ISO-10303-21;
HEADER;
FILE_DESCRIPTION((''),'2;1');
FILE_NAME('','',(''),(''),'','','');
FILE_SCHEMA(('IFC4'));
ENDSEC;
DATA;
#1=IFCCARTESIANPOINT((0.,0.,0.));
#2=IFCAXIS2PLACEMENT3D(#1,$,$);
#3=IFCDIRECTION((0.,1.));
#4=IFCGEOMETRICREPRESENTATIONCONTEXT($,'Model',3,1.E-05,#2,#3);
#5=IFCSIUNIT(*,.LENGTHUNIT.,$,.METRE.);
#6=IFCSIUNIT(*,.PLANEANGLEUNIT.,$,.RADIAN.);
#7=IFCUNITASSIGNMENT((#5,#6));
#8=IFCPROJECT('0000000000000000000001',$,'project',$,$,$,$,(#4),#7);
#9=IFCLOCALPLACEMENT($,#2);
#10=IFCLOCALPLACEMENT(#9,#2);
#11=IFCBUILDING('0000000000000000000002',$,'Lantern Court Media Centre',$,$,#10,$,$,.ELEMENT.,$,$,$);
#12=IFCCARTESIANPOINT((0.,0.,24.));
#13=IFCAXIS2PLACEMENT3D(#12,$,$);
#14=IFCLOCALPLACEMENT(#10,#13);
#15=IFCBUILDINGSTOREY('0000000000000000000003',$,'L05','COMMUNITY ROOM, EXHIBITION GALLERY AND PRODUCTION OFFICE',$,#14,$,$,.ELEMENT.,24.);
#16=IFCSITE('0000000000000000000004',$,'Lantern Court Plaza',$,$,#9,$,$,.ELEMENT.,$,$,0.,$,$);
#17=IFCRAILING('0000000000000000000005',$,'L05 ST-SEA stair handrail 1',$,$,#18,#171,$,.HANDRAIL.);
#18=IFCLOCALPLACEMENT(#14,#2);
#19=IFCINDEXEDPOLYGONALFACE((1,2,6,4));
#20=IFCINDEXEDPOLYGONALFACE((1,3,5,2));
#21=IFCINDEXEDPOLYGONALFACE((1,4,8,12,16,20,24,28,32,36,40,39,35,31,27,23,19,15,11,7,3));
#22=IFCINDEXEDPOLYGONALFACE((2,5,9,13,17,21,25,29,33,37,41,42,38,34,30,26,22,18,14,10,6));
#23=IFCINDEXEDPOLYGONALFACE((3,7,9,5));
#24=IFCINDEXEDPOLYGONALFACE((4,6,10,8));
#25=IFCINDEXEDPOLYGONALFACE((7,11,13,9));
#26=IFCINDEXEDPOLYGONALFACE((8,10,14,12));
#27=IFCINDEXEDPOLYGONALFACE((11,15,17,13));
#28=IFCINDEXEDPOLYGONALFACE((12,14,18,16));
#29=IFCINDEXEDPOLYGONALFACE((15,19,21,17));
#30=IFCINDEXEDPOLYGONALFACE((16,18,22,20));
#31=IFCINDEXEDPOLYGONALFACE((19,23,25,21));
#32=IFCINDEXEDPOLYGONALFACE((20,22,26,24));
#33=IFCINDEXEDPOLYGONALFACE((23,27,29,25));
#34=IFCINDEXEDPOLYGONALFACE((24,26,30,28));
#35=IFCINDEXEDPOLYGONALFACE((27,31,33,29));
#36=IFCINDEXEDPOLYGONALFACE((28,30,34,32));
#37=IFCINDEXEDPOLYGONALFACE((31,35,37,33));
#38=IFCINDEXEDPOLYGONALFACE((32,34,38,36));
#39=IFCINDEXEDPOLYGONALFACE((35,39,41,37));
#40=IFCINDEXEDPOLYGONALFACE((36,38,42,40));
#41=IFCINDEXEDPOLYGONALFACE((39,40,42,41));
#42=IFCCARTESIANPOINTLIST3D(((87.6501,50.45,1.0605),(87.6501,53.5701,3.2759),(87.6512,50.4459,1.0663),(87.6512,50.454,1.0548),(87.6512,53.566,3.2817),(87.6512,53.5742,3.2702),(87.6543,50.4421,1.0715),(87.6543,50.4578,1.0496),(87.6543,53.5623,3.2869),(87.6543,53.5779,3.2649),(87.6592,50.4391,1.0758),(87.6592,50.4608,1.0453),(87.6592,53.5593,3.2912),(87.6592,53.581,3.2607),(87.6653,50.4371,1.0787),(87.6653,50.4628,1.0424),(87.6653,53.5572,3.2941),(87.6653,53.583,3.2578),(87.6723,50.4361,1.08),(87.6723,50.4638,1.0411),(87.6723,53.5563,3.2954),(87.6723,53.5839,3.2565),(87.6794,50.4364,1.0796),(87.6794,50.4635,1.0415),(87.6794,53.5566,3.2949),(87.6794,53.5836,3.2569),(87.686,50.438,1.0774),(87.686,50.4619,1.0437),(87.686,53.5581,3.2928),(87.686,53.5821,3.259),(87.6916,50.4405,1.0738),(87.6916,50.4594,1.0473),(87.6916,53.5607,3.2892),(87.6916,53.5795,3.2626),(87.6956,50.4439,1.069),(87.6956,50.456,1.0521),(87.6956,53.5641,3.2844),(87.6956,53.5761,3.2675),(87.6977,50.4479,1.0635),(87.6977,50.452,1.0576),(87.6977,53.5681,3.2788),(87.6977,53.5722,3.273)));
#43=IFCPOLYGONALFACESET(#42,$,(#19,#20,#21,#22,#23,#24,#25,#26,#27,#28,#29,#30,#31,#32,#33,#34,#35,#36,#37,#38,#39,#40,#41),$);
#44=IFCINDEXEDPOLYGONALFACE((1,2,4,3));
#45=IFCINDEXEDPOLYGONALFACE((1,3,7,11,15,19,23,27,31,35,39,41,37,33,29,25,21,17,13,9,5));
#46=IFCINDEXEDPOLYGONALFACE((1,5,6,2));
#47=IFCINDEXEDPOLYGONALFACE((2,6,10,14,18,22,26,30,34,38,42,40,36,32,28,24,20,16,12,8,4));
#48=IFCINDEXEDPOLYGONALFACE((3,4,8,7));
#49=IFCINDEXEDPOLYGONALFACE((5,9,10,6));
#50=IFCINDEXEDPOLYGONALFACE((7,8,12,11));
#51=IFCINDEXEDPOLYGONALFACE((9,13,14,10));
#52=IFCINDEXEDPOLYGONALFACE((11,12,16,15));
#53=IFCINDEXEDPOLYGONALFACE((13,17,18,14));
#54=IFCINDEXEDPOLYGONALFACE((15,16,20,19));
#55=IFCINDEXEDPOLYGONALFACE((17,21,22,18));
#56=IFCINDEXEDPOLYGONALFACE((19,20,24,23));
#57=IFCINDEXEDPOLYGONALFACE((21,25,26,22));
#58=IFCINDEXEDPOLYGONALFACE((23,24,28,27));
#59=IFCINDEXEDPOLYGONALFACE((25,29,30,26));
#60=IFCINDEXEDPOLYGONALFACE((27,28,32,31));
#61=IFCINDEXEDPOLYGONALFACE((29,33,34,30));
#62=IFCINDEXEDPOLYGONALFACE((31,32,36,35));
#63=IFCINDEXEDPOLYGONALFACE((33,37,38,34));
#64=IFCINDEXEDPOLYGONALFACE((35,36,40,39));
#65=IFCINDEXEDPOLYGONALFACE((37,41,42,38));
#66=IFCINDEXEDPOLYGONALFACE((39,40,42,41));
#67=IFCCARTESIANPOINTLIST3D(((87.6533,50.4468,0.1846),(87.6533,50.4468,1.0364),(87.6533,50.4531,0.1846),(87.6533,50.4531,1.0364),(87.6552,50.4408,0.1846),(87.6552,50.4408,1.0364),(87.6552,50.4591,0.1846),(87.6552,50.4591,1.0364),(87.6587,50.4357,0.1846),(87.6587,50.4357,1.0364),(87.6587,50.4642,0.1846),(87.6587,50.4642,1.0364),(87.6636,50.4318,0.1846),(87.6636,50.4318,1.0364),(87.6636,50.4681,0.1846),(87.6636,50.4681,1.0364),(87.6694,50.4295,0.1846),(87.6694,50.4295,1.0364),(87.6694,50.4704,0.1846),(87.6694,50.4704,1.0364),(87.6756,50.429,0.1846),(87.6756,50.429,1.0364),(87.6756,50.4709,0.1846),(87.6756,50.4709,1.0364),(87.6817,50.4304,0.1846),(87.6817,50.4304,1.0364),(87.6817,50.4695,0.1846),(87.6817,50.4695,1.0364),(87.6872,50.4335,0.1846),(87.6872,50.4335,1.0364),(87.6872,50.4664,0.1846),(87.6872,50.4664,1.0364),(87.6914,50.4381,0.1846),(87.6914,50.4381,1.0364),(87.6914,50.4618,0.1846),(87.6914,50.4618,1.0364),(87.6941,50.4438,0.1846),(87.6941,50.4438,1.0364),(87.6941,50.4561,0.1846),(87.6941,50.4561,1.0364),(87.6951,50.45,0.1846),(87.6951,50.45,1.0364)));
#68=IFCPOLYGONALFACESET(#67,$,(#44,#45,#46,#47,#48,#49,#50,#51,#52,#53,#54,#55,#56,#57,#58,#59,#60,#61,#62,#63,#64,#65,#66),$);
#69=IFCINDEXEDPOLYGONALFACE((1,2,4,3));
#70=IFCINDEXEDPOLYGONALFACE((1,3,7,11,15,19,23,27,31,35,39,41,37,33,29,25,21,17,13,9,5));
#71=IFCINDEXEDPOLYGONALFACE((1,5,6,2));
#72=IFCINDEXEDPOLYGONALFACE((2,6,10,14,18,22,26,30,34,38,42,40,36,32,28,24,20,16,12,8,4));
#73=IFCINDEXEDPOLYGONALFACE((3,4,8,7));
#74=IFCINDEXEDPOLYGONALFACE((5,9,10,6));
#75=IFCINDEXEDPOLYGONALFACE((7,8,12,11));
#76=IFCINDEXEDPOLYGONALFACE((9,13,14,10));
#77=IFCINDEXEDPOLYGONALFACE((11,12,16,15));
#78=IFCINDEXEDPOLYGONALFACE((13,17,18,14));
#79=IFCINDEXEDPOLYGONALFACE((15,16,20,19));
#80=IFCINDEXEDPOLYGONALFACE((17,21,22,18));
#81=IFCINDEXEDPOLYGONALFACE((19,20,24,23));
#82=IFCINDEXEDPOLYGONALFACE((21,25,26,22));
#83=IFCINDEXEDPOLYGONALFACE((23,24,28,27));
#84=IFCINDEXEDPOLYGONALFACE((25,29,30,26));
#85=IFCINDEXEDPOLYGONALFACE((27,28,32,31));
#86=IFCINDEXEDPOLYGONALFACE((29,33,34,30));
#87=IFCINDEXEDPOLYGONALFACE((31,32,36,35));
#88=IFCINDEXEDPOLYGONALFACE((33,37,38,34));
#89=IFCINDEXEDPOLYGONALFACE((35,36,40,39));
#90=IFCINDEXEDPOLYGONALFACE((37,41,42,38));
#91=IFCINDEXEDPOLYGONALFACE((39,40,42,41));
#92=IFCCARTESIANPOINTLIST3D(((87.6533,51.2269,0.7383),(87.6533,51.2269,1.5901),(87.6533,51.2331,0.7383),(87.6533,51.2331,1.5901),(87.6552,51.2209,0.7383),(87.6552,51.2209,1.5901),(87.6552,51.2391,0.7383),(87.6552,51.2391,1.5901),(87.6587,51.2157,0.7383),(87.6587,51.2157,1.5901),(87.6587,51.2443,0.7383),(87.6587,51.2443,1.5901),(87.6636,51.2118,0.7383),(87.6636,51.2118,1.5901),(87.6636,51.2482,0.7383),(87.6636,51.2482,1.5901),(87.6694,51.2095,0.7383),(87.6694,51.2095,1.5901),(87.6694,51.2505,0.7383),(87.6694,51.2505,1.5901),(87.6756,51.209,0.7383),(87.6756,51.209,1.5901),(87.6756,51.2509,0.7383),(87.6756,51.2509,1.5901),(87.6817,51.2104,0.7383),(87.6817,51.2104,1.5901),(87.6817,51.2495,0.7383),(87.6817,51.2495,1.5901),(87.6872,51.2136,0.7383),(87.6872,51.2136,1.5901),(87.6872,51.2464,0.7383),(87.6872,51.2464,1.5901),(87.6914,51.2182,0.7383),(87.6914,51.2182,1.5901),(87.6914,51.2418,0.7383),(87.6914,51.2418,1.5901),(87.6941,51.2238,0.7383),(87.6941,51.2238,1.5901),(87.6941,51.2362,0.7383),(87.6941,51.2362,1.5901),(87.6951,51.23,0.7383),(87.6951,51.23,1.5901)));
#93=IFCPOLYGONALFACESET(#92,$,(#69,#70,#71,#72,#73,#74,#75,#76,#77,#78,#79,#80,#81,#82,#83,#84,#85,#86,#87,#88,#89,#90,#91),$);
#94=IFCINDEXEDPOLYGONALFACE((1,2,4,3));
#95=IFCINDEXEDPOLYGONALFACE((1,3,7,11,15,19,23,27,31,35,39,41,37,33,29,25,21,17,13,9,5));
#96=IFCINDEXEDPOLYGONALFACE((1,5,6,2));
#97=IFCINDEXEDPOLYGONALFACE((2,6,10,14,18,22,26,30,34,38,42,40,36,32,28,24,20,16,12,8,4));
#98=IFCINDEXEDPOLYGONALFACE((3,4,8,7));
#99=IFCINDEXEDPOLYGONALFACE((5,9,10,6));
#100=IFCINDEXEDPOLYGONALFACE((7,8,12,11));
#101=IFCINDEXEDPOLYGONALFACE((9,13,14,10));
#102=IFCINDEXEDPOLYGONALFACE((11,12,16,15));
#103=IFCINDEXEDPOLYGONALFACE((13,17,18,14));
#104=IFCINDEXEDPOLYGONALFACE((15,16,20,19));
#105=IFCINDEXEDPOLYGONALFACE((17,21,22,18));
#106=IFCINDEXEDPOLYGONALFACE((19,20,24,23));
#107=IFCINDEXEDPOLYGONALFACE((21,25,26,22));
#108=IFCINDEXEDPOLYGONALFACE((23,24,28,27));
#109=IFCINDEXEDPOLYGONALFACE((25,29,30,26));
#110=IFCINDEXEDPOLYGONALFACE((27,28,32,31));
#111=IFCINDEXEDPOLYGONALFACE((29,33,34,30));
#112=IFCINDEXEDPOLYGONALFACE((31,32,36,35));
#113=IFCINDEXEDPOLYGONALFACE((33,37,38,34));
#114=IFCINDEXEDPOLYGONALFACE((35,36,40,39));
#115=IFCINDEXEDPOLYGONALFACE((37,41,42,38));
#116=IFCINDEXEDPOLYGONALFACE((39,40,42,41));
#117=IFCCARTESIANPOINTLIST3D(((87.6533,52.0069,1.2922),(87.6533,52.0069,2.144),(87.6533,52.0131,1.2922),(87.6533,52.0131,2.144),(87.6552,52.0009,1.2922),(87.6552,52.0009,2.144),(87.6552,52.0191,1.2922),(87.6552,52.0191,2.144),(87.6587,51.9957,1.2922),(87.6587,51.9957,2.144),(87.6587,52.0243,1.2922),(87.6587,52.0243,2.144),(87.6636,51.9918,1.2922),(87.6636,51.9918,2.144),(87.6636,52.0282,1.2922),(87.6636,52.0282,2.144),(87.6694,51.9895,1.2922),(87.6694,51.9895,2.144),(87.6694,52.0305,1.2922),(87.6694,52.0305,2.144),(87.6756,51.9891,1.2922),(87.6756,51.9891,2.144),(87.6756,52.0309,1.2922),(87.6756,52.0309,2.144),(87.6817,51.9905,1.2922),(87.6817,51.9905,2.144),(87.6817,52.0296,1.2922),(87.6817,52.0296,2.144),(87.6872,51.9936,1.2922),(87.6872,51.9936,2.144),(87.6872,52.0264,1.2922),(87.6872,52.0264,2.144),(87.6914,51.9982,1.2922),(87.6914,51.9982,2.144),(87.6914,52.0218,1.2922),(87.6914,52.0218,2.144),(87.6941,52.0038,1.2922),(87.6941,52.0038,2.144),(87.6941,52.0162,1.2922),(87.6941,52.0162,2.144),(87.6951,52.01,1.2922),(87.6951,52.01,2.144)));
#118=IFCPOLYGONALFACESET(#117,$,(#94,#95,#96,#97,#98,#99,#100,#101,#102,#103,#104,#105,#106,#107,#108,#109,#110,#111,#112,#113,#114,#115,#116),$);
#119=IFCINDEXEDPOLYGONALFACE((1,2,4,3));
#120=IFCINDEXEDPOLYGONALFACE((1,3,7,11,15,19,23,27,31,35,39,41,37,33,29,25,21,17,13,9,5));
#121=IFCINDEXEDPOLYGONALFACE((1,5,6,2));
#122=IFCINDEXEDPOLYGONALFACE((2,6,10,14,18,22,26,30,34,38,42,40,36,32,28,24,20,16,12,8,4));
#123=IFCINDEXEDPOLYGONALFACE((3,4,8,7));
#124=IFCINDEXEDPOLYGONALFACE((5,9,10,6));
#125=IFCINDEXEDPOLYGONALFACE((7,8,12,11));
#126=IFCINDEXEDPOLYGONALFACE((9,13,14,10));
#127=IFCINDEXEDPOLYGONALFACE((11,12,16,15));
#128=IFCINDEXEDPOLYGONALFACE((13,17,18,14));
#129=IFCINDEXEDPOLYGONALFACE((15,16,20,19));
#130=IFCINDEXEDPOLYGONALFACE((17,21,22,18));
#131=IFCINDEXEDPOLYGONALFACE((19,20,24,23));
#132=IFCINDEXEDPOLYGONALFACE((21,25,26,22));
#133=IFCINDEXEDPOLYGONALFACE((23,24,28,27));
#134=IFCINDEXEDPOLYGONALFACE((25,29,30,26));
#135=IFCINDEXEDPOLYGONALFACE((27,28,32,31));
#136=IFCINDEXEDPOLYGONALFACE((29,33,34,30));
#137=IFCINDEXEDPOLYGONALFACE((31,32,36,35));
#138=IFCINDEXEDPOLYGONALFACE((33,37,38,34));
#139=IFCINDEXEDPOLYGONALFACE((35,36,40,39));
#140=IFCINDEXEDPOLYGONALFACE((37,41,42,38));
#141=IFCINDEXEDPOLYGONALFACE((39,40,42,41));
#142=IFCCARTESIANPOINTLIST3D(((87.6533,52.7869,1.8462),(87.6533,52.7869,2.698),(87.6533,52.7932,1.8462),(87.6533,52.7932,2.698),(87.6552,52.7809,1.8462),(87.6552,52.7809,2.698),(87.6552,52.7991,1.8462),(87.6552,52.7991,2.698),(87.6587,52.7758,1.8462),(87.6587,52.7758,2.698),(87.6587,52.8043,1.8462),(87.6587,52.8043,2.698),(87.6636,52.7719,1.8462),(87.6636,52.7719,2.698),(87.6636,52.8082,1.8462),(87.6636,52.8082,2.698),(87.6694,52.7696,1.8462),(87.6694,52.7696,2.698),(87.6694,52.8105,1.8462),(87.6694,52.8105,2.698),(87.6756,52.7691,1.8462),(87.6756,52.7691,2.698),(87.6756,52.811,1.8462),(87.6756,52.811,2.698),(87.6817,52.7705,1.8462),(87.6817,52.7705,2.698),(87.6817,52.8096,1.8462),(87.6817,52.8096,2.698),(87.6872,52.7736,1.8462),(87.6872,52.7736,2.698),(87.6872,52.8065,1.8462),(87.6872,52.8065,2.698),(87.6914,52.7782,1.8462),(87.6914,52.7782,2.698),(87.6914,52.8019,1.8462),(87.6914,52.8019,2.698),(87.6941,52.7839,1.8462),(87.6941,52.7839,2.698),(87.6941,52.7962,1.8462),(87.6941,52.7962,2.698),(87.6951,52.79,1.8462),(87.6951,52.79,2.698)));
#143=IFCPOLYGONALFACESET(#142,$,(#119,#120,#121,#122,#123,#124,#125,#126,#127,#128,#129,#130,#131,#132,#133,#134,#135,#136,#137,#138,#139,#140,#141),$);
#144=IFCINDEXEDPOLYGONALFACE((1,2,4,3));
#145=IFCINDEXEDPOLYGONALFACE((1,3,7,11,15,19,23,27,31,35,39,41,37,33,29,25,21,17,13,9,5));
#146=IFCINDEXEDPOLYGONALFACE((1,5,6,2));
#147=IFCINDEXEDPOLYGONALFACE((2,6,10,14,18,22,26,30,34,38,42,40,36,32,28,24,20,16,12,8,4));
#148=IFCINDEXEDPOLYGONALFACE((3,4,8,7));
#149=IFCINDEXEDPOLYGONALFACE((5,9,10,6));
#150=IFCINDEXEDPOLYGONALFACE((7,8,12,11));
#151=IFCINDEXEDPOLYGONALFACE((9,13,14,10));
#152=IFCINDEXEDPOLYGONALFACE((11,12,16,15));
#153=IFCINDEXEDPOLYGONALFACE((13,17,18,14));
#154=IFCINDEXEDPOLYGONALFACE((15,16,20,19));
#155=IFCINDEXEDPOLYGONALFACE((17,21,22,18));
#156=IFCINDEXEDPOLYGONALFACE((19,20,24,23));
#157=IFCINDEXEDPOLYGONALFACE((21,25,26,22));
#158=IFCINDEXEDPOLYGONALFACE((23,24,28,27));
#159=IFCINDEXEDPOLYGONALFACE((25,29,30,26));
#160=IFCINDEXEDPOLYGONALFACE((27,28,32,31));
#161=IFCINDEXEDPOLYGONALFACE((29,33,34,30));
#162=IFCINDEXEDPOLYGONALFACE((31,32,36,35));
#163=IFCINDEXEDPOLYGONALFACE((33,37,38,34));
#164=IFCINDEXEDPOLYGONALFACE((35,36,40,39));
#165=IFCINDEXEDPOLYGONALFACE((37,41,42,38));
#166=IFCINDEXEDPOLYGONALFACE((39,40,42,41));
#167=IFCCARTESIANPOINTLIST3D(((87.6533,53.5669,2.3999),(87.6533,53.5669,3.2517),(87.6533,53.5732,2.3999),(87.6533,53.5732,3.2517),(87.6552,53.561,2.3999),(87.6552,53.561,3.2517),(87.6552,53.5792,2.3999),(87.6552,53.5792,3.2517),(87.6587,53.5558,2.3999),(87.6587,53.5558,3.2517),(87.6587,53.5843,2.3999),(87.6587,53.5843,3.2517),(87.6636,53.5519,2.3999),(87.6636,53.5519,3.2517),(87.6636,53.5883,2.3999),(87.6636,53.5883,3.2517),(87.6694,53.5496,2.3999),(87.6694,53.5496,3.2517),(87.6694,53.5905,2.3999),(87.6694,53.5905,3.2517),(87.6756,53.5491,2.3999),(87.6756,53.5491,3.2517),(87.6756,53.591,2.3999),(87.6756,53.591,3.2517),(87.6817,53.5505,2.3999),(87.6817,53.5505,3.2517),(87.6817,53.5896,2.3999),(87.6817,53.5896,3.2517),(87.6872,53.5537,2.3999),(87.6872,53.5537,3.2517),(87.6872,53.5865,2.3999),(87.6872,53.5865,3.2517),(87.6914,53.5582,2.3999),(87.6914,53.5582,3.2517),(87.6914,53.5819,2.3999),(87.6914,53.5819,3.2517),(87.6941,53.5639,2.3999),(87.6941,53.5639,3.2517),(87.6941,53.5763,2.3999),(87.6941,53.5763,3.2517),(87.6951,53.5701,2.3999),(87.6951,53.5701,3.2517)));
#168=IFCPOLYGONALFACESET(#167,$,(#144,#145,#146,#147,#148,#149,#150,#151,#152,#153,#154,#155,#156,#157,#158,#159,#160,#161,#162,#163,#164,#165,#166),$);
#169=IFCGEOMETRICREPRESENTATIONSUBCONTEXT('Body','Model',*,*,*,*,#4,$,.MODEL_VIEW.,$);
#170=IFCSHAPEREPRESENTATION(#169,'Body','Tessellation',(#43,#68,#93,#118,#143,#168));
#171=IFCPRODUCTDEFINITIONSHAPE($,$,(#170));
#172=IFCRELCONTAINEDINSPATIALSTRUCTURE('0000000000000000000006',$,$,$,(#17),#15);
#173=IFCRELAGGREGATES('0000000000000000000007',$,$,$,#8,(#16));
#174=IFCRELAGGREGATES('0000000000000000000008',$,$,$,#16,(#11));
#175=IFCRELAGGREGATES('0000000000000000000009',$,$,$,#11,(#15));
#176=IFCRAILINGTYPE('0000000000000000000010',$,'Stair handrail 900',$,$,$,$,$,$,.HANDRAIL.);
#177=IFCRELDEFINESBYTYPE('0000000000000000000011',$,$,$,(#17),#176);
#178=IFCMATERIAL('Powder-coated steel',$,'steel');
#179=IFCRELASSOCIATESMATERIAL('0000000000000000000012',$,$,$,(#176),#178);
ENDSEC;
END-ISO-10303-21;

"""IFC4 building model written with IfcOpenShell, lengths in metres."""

from ifc_helpers import new_model, si_unit, direction, frame, origin, origin_2d, place, context, subcontext, project, spatial, circle, extrude, material, type_object, element, save


model = new_model("IFC4")

# Units and contexts
model_context = context("Model", 3, precision=1e-05, world=origin(), true_north=direction((0.0, 1.0)))
body_context = subcontext(model_context, "Body", "Model", "MODEL_VIEW")
ifc_project = project(units=[si_unit("LENGTHUNIT", "METRE"), si_unit("PLANEANGLEUNIT", "RADIAN")], contexts=[model_context])

# Site, building, storey
site_placement = place(None, origin())
site = spatial("IfcSite", under=ifc_project, at=site_placement, Name="Lantern Court Plaza", CompositionType="ELEMENT", RefElevation=0.0)
building_placement = place(site_placement, origin())
building = spatial("IfcBuilding", under=site, at=building_placement, Name="Lantern Court Media Centre", CompositionType="ELEMENT")
storey_placement = place(building_placement, frame((0.0, 0.0, 24.0)))
storey = spatial("IfcBuildingStorey", under=building, at=storey_placement, Name="L05", Description="COMMUNITY ROOM, EXHIBITION GALLERY AND PRODUCTION OFFICE", CompositionType="ELEMENT", Elevation=24.0)

# Railing
ifc_material_1 = material(Name="Powder-coated steel", Category="steel")
railing_type_1 = type_object("IfcRailingType", Name="Stair handrail 900", PredefinedType="HANDRAIL", material=ifc_material_1)
railing_1_placement = place(storey_placement, frame((87.6741, 50.45, 0.1846)))
element("IfcRailing", 1, at=railing_1_placement, inside=storey, type_object=railing_type_1, Name="L05 ST-SEA stair handrail 1", PredefinedType="HANDRAIL", context=body_context, shape_type="SweptSolid", body=[
    extrude(circle(Radius=0.0239, at=origin_2d()), frame((0.0, 0.0, 0.876), z_axis=(0.0, 0.815377, 0.57893), x_axis=(-1.0, 0.0, 0.0)), (0.0, 0.0, 1.0), 3.8267),
    extrude(circle(Radius=0.021, at=origin_2d()), origin(), (0.0, 0.0, 1.0), 0.8518),
    extrude(circle(Radius=0.021, at=origin_2d()), frame((0.0, 0.78, 0.5537)), (0.0, 0.0, 1.0), 0.8518),
    extrude(circle(Radius=0.021, at=origin_2d()), frame((0.0, 1.5601, 1.1077)), (0.0, 0.0, 1.0), 0.8518),
    extrude(circle(Radius=0.021, at=origin_2d()), frame((0.0, 2.3401, 1.6616)), (0.0, 0.0, 1.0), 0.8518),
    extrude(circle(Radius=0.021, at=origin_2d()), frame((0.0, 3.1201, 2.2153)), (0.0, 0.0, 1.0), 0.8518),
])

save(model, "model.ifc")
